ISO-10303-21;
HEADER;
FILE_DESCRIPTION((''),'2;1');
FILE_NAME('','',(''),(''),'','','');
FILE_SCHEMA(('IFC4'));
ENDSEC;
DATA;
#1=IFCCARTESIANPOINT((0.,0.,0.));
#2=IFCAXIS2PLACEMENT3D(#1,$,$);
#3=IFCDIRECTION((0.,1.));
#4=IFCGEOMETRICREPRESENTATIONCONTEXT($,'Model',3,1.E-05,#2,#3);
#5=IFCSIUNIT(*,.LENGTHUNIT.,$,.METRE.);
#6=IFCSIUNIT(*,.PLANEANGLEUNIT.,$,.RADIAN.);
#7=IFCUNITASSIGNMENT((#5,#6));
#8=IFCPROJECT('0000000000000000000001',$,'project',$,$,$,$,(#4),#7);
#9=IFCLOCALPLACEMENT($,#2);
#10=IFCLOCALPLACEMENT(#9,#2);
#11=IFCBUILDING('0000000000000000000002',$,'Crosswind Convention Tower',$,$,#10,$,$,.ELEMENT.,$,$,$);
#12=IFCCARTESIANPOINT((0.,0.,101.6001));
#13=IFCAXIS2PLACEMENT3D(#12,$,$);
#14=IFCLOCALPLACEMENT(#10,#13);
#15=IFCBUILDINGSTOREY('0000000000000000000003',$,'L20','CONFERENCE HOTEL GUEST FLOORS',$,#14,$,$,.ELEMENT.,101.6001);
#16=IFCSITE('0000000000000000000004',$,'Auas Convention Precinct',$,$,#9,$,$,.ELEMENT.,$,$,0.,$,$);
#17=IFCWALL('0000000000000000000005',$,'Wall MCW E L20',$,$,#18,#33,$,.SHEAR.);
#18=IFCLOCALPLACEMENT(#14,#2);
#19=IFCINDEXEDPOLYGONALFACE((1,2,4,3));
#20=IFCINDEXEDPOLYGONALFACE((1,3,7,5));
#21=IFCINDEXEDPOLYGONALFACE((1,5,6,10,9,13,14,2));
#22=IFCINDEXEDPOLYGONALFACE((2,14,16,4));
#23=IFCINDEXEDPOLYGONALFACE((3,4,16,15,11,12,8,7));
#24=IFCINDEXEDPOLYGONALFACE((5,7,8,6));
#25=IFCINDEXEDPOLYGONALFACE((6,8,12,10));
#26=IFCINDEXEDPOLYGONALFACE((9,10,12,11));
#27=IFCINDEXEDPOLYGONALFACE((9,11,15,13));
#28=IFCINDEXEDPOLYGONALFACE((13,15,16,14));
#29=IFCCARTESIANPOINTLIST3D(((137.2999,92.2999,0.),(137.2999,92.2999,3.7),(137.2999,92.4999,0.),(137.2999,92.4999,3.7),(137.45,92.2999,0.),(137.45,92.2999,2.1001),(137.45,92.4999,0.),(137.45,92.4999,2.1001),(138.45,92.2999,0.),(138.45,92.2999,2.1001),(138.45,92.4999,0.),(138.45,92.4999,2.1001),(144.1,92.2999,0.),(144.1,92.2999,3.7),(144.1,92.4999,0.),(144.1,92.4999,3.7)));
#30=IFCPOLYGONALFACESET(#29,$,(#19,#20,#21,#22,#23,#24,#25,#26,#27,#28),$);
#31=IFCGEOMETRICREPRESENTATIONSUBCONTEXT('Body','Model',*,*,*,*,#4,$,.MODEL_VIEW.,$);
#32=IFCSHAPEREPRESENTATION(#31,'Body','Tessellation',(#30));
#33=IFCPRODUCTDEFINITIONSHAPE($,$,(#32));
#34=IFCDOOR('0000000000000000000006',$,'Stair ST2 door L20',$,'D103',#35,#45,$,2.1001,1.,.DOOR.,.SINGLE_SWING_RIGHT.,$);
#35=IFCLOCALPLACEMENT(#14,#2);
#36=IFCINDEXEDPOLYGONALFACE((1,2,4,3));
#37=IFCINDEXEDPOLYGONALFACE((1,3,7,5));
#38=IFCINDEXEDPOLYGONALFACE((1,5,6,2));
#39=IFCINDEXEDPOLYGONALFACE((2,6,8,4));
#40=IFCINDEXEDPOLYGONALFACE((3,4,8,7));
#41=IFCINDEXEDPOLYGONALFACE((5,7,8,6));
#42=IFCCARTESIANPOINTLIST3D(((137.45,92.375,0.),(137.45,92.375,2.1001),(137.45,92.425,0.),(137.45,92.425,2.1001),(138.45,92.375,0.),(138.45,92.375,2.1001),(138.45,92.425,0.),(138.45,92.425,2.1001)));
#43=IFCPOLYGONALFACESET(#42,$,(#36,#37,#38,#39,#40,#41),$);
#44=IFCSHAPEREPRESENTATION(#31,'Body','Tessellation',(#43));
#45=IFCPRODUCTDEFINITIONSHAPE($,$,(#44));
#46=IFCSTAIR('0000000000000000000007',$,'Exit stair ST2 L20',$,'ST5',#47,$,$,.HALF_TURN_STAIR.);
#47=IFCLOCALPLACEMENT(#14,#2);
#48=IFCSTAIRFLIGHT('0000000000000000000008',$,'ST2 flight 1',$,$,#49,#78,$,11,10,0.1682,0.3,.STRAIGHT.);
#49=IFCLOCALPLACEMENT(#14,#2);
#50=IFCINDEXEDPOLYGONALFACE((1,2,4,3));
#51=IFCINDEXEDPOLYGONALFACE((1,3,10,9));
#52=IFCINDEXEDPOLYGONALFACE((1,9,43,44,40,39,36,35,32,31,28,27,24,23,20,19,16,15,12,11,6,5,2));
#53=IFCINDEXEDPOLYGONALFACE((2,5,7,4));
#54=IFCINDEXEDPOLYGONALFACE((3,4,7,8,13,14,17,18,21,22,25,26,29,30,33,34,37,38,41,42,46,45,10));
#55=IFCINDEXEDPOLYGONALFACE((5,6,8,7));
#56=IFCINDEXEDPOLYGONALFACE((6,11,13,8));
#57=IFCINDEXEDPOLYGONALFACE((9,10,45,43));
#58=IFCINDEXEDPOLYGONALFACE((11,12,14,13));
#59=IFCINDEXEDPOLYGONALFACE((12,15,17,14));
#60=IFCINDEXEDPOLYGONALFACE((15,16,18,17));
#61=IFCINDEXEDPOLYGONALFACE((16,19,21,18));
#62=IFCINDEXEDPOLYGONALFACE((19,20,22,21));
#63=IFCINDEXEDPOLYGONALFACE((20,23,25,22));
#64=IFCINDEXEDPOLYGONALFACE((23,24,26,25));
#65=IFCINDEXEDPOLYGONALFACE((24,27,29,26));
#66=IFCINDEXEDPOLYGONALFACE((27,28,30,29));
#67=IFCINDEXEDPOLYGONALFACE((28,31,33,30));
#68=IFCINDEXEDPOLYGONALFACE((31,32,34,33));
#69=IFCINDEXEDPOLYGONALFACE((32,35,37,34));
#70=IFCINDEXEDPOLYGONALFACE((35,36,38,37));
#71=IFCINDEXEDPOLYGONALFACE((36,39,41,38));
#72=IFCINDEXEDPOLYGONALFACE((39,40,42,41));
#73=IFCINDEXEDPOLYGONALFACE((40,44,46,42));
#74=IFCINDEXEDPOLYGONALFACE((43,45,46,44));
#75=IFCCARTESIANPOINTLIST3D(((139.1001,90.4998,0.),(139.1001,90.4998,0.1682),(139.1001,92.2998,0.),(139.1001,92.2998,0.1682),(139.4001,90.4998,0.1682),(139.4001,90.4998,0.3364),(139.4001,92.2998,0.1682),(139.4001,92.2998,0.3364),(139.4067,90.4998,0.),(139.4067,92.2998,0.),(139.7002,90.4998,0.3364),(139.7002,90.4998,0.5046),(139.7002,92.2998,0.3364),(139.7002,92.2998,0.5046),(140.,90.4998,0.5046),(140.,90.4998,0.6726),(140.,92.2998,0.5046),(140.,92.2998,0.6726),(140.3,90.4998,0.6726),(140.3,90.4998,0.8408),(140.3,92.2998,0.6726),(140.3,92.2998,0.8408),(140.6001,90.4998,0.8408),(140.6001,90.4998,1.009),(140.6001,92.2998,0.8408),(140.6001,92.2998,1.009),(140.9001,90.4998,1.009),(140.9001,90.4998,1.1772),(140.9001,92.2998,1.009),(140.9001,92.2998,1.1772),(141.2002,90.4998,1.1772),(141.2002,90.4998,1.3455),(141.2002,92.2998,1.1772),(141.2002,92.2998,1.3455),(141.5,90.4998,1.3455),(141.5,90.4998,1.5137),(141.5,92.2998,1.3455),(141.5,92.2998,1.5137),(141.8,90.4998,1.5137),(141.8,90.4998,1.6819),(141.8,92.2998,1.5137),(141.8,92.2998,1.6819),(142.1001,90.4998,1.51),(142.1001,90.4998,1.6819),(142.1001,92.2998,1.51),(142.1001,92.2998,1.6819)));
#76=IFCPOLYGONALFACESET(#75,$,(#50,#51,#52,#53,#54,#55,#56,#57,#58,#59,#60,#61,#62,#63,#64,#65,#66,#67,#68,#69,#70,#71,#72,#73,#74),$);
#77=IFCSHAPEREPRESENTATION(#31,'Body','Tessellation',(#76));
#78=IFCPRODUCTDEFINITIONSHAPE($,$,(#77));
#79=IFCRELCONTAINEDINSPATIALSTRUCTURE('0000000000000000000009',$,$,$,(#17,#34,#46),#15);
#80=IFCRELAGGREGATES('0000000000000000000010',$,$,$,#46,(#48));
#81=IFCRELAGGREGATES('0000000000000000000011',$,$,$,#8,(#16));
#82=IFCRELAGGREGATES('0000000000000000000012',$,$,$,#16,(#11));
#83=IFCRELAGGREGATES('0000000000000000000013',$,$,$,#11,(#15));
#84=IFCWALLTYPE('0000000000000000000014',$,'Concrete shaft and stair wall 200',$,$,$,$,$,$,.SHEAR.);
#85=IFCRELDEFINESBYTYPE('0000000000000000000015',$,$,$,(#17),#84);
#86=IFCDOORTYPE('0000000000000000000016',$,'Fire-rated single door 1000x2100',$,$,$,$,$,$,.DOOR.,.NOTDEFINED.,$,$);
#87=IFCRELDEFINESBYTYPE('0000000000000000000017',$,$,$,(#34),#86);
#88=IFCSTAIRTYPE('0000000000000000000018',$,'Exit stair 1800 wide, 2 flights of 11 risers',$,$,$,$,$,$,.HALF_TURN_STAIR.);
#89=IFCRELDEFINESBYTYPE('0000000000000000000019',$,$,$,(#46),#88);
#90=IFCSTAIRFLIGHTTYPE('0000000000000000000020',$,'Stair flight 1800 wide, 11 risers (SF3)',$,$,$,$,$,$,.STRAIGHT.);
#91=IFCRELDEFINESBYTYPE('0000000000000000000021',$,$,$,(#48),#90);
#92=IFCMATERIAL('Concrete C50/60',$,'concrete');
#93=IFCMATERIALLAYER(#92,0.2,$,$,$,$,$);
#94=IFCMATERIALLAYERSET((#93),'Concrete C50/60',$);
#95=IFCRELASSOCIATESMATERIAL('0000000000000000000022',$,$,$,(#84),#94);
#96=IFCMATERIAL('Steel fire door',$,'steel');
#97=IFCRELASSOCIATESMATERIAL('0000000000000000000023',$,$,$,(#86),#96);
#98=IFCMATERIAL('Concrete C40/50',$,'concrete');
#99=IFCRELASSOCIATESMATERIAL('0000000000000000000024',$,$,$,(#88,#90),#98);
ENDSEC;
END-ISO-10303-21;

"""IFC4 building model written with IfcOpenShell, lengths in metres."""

from ifc_helpers import new_model, si_unit, direction, frame, frame_2d, origin, place, context, subcontext, project, spatial, polyline, rectangle, outline, extrude, material, layer, layer_set, type_object, element, fill, aggregate, save


model = new_model("IFC4")

# Units and contexts
model_context = context("Model", 3, precision=1e-05, world=origin(), true_north=direction((0.0, 1.0)))
body_context = subcontext(model_context, "Body", "Model", "MODEL_VIEW")
ifc_project = project(units=[si_unit("LENGTHUNIT", "METRE"), si_unit("PLANEANGLEUNIT", "RADIAN")], contexts=[model_context])

# Site, building, storey
site_placement = place(None, origin())
site = spatial("IfcSite", under=ifc_project, at=site_placement, Name="Auas Convention Precinct", CompositionType="ELEMENT", RefElevation=0.0)
building_placement = place(site_placement, origin())
building = spatial("IfcBuilding", under=site, at=building_placement, Name="Crosswind Convention Tower", CompositionType="ELEMENT")
storey_placement = place(building_placement, frame((0.0, 0.0, 101.6001)))
storey = spatial("IfcBuildingStorey", under=building, at=storey_placement, Name="L20", Description="CONFERENCE HOTEL GUEST FLOORS", CompositionType="ELEMENT", Elevation=101.6001)

# Shared definitions
ifc_material_1 = material(Name="Concrete C50/60", Category="concrete")

# Shared definitions
ifc_layer_1 = layer(ifc_material_1, 0.2)
ifc_layer_set_1 = layer_set([ifc_layer_1], Name="Concrete C50/60")
wall_type_1 = type_object("IfcWallType", Name="Concrete shaft and stair wall 200", PredefinedType="SHEAR", material=ifc_layer_set_1)

# Wall, opening, door
ifc_material_2 = material(Name="Steel fire door", Category="steel")
wall_1_placement = place(storey_placement, frame((137.3, 92.3999, 0.0), z_axis=(0.0, 0.0, 1.0), x_axis=(1.0, 0.0, 0.0)))
wall_1 = element("IfcWall", 1, at=wall_1_placement, inside=storey, type_object=wall_type_1, Name="Wall MCW E L20", PredefinedType="SHEAR", context=body_context, shape_type="SweptSolid", body=[
    extrude(rectangle(XDim=6.8, YDim=0.2, at=frame_2d((3.3999, 0.0))), origin(), (0.0, 0.0, 1.0), 3.7),
])
opening_1_placement = place(wall_1_placement, frame((0.1499, 0.0, 0.0)))
opening_1 = element("IfcOpeningElement", 2, at=opening_1_placement, cuts=wall_1, PredefinedType="OPENING", context=body_context, shape_type="SweptSolid", body=[
    extrude(rectangle(XDim=1.0, YDim=2.1001, at=frame_2d((0.5, 1.05))), frame((0.0, 0.1099, 0.0), z_axis=(0.0, -1.0, 0.0), x_axis=(1.0, 0.0, 0.0)), (0.0, 0.0, 1.0), 0.22),
])
door_type_1 = type_object("IfcDoorType", Name="Fire-rated single door 1000x2100", OperationType="NOTDEFINED", PredefinedType="DOOR", material=ifc_material_2)
door_1_placement = place(opening_1_placement, frame((1.0, 0.0, 0.0), z_axis=(0.0, 0.0, 1.0), x_axis=(-1.0, 0.0, 0.0)))
door_1 = element("IfcDoor", 3, at=door_1_placement, inside=storey, type_object=door_type_1, Name="Stair ST2 door L20", ObjectType="D103", OperationType="SINGLE_SWING_RIGHT", OverallHeight=2.1001, OverallWidth=1.0, PredefinedType="DOOR", context=body_context, shape_type="SweptSolid", body=[
    extrude(rectangle(XDim=1.0, YDim=2.1001, at=frame_2d((0.5, 1.05))), frame((0.0, 0.0249, 0.0), z_axis=(0.0, -1.0, 0.0), x_axis=(1.0, 0.0, 0.0)), (0.0, 0.0, 1.0), 0.05),
])
fill(opening_1, door_1)

# Stair, stair flight
ifc_material_3 = material(Name="Concrete C40/50", Category="concrete")
stair_type = type_object("IfcStairType", Name="Exit stair 1800 wide, 2 flights of 11 risers", PredefinedType="HALF_TURN_STAIR", material=ifc_material_3)
stair_placement = place(storey_placement, origin())
stair = element("IfcStair", 4, at=stair_placement, inside=storey, type_object=stair_type, Name="Exit stair ST2 L20", ObjectType="ST5", PredefinedType="HALF_TURN_STAIR")
stair_flight_type = type_object("IfcStairFlightType", Name="Stair flight 1800 wide, 11 risers (SF3)", PredefinedType="STRAIGHT", material=ifc_material_3)
stair_flight_placement = place(storey_placement, frame((139.1001, 91.3999, 0.0), z_axis=(0.0, 0.0, 1.0), x_axis=(1.0, 0.0, 0.0)))
stair_flight = element("IfcStairFlight", 5, at=stair_flight_placement, type_object=stair_flight_type, Name="ST2 flight 1", NumberOfRisers=11, NumberOfTreads=10, PredefinedType="STRAIGHT", RiserHeight=0.1682, TreadLength=0.3, context=body_context, shape_type="SweptSolid", body=[
    extrude(outline(polyline([(0.0, 0.0), (0.0, 0.1682), (0.3, 0.1682), (0.3, 0.3364), (0.6001, 0.3364), (0.6001, 0.5046), (0.8999, 0.5046), (0.8999, 0.6726), (1.2, 0.6726), (1.2, 0.8408), (1.5, 0.8408), (1.5, 1.009), (1.8, 1.009), (1.8, 1.1772), (2.1001, 1.1772), (2.1001, 1.3455), (2.3999, 1.3455), (2.3999, 1.5137), (2.7, 1.5137), (2.7, 1.6819), (3.0, 1.6819), (3.0, 1.8501), (3.0, 1.51), (0.3066, 0.0), (0.0, 0.0)])), frame((0.0, 0.8999, 0.0), z_axis=(0.0, -1.0, 0.0), x_axis=(1.0, 0.0, 0.0)), (0.0, 0.0, 1.0), 1.8),
])
aggregate(stair, [stair_flight])

save(model, "model.ifc")
